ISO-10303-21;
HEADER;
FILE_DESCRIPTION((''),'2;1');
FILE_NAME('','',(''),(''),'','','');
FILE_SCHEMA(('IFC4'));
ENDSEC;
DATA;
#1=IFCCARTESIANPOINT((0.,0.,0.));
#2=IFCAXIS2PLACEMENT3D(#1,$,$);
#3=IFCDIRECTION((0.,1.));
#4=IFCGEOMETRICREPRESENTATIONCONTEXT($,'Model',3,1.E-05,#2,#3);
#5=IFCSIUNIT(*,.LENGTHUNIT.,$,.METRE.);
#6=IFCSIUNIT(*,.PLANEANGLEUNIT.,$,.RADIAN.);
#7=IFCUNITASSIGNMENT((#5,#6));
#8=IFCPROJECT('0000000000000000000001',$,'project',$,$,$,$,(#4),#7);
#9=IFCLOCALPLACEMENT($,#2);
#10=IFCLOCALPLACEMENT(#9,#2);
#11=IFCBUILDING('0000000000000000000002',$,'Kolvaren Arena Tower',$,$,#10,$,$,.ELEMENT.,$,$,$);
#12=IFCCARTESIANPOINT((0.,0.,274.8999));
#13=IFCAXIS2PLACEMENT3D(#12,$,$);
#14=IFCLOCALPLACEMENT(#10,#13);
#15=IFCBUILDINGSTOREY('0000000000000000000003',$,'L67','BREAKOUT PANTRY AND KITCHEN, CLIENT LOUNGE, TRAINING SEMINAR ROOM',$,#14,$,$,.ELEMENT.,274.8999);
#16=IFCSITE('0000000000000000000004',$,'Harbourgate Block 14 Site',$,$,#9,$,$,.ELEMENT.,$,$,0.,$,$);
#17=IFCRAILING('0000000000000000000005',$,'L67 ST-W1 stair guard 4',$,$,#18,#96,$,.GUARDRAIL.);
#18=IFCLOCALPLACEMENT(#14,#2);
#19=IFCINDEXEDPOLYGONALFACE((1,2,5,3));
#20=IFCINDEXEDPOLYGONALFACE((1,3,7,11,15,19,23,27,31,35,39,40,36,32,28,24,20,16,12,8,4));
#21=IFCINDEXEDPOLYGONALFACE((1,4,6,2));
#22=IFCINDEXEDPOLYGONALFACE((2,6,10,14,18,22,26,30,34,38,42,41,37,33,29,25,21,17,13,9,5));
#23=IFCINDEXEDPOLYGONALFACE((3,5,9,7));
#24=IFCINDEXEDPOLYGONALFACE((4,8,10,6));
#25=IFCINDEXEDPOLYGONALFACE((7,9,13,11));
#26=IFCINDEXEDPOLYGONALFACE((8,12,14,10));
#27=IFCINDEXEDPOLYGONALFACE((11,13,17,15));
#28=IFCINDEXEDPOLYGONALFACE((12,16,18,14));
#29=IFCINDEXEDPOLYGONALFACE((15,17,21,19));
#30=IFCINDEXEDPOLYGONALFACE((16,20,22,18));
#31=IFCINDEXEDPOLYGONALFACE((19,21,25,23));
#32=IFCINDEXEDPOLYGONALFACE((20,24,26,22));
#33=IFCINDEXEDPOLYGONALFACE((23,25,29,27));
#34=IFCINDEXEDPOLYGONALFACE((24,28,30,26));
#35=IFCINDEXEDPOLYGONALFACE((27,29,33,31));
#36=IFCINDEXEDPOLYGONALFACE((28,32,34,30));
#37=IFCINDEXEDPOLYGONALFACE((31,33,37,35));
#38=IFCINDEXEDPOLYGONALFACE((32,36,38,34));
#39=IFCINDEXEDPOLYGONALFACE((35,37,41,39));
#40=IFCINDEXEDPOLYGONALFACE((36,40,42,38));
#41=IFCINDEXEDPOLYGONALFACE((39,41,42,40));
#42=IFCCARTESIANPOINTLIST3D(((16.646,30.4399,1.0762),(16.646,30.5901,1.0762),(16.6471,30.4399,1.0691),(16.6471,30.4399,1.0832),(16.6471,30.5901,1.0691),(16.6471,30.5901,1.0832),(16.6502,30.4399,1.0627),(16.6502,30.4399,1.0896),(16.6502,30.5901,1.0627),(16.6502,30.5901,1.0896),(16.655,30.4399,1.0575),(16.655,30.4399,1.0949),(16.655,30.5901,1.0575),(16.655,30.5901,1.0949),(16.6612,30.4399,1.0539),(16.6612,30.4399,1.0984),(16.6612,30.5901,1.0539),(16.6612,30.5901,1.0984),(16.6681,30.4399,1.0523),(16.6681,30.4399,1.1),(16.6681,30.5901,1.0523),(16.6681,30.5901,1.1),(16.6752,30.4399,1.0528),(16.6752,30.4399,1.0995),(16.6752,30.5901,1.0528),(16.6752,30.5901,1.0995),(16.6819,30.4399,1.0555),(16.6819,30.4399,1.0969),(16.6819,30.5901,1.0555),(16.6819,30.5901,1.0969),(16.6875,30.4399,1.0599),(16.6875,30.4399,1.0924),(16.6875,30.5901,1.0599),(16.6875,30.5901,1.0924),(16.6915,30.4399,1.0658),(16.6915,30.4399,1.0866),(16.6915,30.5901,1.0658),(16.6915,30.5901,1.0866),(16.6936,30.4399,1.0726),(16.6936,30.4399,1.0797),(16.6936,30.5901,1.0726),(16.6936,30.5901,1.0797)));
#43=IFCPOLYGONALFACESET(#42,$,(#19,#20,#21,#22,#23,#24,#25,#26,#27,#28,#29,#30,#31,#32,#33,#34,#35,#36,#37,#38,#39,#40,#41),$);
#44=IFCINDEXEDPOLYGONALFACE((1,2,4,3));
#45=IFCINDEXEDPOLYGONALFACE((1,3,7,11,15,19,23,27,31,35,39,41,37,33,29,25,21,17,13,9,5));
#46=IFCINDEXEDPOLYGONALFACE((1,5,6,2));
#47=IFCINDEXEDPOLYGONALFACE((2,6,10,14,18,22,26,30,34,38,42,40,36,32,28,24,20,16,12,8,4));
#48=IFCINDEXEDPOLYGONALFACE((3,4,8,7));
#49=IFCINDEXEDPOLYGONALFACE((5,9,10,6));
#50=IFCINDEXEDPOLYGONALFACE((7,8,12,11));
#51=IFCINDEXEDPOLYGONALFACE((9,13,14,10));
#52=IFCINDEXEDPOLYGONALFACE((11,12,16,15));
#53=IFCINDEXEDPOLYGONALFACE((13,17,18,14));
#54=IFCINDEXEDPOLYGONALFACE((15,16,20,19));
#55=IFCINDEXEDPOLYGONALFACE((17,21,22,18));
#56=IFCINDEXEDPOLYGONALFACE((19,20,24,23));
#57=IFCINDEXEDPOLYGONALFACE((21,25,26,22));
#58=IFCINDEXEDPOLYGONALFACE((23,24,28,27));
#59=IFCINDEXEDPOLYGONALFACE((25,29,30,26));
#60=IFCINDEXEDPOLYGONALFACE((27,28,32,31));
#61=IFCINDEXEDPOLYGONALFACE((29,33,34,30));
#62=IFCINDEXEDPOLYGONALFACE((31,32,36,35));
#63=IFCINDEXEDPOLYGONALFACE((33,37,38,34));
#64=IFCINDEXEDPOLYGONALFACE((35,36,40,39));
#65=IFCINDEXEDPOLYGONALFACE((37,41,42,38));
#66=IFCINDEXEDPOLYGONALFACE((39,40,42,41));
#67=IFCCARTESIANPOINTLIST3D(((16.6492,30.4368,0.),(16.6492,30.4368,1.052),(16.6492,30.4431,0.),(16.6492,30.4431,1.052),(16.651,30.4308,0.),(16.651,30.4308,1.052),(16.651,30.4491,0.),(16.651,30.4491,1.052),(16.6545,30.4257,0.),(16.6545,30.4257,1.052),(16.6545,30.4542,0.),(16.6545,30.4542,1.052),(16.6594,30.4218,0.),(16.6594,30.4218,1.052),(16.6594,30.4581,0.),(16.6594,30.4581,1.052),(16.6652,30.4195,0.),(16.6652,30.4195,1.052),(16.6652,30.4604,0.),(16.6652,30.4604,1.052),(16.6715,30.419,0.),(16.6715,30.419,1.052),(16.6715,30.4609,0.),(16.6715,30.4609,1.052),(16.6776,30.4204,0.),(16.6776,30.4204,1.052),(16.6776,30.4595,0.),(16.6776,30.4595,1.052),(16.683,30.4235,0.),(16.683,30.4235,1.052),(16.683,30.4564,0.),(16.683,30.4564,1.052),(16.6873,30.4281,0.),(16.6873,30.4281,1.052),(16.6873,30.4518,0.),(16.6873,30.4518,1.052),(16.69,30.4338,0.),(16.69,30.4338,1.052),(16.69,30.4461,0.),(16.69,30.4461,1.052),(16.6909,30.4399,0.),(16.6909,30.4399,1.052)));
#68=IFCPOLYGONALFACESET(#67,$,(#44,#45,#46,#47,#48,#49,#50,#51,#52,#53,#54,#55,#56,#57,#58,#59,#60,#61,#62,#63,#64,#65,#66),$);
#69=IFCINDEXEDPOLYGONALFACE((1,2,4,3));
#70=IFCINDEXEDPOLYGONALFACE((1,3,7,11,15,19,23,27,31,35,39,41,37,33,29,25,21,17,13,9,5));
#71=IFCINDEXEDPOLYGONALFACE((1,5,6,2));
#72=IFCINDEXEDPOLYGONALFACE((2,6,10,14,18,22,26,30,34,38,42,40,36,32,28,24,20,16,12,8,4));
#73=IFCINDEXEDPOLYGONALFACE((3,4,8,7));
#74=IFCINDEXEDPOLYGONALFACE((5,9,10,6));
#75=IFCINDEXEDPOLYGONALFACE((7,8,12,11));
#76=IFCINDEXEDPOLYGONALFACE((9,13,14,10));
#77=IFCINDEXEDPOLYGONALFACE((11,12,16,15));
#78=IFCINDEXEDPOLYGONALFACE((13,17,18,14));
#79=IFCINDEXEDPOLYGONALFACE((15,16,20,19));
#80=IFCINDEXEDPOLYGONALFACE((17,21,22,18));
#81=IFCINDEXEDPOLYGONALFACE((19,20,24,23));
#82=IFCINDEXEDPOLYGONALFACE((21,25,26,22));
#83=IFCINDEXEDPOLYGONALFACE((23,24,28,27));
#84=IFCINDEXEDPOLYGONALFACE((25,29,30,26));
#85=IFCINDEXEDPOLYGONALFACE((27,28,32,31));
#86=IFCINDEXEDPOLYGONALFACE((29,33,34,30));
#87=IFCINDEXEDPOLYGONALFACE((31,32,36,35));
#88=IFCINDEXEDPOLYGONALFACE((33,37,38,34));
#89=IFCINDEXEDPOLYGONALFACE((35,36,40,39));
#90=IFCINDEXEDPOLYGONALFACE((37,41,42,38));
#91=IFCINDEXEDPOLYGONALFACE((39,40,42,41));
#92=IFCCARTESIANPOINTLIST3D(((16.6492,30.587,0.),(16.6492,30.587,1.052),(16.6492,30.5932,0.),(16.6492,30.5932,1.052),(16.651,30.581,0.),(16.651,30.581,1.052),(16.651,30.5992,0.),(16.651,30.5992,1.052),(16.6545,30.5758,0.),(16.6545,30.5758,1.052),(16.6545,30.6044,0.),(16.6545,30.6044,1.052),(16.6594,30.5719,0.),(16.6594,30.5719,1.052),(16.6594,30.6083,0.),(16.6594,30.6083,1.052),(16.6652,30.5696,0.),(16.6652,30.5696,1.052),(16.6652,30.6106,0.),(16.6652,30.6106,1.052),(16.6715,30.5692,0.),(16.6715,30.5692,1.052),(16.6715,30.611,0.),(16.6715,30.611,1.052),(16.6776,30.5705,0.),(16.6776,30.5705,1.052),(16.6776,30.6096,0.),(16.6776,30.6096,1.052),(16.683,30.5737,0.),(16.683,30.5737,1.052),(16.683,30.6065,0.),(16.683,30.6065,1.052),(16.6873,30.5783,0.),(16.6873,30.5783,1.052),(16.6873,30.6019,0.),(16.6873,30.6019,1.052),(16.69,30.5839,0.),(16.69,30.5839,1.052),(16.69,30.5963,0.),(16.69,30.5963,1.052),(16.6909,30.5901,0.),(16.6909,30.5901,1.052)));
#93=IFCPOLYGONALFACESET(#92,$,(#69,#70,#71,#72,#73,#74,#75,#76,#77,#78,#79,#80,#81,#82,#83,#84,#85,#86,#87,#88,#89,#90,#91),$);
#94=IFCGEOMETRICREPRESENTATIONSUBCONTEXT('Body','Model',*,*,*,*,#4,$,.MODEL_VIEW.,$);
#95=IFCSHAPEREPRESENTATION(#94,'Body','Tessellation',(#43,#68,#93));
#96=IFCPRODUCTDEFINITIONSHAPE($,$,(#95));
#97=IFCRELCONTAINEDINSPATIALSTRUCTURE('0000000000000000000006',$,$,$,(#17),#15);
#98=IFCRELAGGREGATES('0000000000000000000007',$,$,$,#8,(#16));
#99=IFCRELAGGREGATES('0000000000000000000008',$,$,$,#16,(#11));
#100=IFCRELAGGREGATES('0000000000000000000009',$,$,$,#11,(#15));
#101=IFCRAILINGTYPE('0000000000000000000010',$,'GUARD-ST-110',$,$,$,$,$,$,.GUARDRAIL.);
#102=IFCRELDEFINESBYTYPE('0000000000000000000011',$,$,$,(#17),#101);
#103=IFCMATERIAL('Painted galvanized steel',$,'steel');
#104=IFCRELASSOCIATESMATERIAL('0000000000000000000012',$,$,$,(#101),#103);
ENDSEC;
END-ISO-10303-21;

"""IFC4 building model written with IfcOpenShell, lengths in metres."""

from ifc_helpers import new_model, si_unit, direction, frame, origin, origin_2d, place, context, subcontext, project, spatial, circle, extrude, material, type_object, element, save


model = new_model("IFC4")

# Units and contexts
model_context = context("Model", 3, precision=1e-05, world=origin(), true_north=direction((0.0, 1.0)))
body_context = subcontext(model_context, "Body", "Model", "MODEL_VIEW")
ifc_project = project(units=[si_unit("LENGTHUNIT", "METRE"), si_unit("PLANEANGLEUNIT", "RADIAN")], contexts=[model_context])

# Site, building, storey
site_placement = place(None, origin())
site = spatial("IfcSite", under=ifc_project, at=site_placement, Name="Harbourgate Block 14 Site", CompositionType="ELEMENT", RefElevation=0.0)
building_placement = place(site_placement, origin())
building = spatial("IfcBuilding", under=site, at=building_placement, Name="Kolvaren Arena Tower", CompositionType="ELEMENT")
storey_placement = place(building_placement, frame((0.0, 0.0, 274.8999)))
storey = spatial("IfcBuildingStorey", under=building, at=storey_placement, Name="L67", Description="BREAKOUT PANTRY AND KITCHEN, CLIENT LOUNGE, TRAINING SEMINAR ROOM", CompositionType="ELEMENT", Elevation=274.8999)

# Railing
ifc_material_1 = material(Name="Painted galvanized steel", Category="steel")
railing_type_1 = type_object("IfcRailingType", Name="GUARD-ST-110", PredefinedType="GUARDRAIL", material=ifc_material_1)
railing_1_placement = place(storey_placement, frame((16.6699, 30.4399, 0.0)))
element("IfcRailing", 1, at=railing_1_placement, inside=storey, type_object=railing_type_1, Name="L67 ST-W1 stair guard 4", PredefinedType="GUARDRAIL", context=body_context, shape_type="SweptSolid", body=[
    extrude(circle(Radius=0.0239, at=origin_2d()), frame((0.0, 0.0, 1.0762), z_axis=(0.0, 1.0, 0.0), x_axis=(-1.0, 0.0, 0.0)), (0.0, 0.0, 1.0), 0.1501),
    extrude(circle(Radius=0.021, at=origin_2d()), origin(), (0.0, 0.0, 1.0), 1.052),
    extrude(circle(Radius=0.021, at=origin_2d()), frame((0.0, 0.1501, 0.0)), (0.0, 0.0, 1.0), 1.052),
])

save(model, "model.ifc")
